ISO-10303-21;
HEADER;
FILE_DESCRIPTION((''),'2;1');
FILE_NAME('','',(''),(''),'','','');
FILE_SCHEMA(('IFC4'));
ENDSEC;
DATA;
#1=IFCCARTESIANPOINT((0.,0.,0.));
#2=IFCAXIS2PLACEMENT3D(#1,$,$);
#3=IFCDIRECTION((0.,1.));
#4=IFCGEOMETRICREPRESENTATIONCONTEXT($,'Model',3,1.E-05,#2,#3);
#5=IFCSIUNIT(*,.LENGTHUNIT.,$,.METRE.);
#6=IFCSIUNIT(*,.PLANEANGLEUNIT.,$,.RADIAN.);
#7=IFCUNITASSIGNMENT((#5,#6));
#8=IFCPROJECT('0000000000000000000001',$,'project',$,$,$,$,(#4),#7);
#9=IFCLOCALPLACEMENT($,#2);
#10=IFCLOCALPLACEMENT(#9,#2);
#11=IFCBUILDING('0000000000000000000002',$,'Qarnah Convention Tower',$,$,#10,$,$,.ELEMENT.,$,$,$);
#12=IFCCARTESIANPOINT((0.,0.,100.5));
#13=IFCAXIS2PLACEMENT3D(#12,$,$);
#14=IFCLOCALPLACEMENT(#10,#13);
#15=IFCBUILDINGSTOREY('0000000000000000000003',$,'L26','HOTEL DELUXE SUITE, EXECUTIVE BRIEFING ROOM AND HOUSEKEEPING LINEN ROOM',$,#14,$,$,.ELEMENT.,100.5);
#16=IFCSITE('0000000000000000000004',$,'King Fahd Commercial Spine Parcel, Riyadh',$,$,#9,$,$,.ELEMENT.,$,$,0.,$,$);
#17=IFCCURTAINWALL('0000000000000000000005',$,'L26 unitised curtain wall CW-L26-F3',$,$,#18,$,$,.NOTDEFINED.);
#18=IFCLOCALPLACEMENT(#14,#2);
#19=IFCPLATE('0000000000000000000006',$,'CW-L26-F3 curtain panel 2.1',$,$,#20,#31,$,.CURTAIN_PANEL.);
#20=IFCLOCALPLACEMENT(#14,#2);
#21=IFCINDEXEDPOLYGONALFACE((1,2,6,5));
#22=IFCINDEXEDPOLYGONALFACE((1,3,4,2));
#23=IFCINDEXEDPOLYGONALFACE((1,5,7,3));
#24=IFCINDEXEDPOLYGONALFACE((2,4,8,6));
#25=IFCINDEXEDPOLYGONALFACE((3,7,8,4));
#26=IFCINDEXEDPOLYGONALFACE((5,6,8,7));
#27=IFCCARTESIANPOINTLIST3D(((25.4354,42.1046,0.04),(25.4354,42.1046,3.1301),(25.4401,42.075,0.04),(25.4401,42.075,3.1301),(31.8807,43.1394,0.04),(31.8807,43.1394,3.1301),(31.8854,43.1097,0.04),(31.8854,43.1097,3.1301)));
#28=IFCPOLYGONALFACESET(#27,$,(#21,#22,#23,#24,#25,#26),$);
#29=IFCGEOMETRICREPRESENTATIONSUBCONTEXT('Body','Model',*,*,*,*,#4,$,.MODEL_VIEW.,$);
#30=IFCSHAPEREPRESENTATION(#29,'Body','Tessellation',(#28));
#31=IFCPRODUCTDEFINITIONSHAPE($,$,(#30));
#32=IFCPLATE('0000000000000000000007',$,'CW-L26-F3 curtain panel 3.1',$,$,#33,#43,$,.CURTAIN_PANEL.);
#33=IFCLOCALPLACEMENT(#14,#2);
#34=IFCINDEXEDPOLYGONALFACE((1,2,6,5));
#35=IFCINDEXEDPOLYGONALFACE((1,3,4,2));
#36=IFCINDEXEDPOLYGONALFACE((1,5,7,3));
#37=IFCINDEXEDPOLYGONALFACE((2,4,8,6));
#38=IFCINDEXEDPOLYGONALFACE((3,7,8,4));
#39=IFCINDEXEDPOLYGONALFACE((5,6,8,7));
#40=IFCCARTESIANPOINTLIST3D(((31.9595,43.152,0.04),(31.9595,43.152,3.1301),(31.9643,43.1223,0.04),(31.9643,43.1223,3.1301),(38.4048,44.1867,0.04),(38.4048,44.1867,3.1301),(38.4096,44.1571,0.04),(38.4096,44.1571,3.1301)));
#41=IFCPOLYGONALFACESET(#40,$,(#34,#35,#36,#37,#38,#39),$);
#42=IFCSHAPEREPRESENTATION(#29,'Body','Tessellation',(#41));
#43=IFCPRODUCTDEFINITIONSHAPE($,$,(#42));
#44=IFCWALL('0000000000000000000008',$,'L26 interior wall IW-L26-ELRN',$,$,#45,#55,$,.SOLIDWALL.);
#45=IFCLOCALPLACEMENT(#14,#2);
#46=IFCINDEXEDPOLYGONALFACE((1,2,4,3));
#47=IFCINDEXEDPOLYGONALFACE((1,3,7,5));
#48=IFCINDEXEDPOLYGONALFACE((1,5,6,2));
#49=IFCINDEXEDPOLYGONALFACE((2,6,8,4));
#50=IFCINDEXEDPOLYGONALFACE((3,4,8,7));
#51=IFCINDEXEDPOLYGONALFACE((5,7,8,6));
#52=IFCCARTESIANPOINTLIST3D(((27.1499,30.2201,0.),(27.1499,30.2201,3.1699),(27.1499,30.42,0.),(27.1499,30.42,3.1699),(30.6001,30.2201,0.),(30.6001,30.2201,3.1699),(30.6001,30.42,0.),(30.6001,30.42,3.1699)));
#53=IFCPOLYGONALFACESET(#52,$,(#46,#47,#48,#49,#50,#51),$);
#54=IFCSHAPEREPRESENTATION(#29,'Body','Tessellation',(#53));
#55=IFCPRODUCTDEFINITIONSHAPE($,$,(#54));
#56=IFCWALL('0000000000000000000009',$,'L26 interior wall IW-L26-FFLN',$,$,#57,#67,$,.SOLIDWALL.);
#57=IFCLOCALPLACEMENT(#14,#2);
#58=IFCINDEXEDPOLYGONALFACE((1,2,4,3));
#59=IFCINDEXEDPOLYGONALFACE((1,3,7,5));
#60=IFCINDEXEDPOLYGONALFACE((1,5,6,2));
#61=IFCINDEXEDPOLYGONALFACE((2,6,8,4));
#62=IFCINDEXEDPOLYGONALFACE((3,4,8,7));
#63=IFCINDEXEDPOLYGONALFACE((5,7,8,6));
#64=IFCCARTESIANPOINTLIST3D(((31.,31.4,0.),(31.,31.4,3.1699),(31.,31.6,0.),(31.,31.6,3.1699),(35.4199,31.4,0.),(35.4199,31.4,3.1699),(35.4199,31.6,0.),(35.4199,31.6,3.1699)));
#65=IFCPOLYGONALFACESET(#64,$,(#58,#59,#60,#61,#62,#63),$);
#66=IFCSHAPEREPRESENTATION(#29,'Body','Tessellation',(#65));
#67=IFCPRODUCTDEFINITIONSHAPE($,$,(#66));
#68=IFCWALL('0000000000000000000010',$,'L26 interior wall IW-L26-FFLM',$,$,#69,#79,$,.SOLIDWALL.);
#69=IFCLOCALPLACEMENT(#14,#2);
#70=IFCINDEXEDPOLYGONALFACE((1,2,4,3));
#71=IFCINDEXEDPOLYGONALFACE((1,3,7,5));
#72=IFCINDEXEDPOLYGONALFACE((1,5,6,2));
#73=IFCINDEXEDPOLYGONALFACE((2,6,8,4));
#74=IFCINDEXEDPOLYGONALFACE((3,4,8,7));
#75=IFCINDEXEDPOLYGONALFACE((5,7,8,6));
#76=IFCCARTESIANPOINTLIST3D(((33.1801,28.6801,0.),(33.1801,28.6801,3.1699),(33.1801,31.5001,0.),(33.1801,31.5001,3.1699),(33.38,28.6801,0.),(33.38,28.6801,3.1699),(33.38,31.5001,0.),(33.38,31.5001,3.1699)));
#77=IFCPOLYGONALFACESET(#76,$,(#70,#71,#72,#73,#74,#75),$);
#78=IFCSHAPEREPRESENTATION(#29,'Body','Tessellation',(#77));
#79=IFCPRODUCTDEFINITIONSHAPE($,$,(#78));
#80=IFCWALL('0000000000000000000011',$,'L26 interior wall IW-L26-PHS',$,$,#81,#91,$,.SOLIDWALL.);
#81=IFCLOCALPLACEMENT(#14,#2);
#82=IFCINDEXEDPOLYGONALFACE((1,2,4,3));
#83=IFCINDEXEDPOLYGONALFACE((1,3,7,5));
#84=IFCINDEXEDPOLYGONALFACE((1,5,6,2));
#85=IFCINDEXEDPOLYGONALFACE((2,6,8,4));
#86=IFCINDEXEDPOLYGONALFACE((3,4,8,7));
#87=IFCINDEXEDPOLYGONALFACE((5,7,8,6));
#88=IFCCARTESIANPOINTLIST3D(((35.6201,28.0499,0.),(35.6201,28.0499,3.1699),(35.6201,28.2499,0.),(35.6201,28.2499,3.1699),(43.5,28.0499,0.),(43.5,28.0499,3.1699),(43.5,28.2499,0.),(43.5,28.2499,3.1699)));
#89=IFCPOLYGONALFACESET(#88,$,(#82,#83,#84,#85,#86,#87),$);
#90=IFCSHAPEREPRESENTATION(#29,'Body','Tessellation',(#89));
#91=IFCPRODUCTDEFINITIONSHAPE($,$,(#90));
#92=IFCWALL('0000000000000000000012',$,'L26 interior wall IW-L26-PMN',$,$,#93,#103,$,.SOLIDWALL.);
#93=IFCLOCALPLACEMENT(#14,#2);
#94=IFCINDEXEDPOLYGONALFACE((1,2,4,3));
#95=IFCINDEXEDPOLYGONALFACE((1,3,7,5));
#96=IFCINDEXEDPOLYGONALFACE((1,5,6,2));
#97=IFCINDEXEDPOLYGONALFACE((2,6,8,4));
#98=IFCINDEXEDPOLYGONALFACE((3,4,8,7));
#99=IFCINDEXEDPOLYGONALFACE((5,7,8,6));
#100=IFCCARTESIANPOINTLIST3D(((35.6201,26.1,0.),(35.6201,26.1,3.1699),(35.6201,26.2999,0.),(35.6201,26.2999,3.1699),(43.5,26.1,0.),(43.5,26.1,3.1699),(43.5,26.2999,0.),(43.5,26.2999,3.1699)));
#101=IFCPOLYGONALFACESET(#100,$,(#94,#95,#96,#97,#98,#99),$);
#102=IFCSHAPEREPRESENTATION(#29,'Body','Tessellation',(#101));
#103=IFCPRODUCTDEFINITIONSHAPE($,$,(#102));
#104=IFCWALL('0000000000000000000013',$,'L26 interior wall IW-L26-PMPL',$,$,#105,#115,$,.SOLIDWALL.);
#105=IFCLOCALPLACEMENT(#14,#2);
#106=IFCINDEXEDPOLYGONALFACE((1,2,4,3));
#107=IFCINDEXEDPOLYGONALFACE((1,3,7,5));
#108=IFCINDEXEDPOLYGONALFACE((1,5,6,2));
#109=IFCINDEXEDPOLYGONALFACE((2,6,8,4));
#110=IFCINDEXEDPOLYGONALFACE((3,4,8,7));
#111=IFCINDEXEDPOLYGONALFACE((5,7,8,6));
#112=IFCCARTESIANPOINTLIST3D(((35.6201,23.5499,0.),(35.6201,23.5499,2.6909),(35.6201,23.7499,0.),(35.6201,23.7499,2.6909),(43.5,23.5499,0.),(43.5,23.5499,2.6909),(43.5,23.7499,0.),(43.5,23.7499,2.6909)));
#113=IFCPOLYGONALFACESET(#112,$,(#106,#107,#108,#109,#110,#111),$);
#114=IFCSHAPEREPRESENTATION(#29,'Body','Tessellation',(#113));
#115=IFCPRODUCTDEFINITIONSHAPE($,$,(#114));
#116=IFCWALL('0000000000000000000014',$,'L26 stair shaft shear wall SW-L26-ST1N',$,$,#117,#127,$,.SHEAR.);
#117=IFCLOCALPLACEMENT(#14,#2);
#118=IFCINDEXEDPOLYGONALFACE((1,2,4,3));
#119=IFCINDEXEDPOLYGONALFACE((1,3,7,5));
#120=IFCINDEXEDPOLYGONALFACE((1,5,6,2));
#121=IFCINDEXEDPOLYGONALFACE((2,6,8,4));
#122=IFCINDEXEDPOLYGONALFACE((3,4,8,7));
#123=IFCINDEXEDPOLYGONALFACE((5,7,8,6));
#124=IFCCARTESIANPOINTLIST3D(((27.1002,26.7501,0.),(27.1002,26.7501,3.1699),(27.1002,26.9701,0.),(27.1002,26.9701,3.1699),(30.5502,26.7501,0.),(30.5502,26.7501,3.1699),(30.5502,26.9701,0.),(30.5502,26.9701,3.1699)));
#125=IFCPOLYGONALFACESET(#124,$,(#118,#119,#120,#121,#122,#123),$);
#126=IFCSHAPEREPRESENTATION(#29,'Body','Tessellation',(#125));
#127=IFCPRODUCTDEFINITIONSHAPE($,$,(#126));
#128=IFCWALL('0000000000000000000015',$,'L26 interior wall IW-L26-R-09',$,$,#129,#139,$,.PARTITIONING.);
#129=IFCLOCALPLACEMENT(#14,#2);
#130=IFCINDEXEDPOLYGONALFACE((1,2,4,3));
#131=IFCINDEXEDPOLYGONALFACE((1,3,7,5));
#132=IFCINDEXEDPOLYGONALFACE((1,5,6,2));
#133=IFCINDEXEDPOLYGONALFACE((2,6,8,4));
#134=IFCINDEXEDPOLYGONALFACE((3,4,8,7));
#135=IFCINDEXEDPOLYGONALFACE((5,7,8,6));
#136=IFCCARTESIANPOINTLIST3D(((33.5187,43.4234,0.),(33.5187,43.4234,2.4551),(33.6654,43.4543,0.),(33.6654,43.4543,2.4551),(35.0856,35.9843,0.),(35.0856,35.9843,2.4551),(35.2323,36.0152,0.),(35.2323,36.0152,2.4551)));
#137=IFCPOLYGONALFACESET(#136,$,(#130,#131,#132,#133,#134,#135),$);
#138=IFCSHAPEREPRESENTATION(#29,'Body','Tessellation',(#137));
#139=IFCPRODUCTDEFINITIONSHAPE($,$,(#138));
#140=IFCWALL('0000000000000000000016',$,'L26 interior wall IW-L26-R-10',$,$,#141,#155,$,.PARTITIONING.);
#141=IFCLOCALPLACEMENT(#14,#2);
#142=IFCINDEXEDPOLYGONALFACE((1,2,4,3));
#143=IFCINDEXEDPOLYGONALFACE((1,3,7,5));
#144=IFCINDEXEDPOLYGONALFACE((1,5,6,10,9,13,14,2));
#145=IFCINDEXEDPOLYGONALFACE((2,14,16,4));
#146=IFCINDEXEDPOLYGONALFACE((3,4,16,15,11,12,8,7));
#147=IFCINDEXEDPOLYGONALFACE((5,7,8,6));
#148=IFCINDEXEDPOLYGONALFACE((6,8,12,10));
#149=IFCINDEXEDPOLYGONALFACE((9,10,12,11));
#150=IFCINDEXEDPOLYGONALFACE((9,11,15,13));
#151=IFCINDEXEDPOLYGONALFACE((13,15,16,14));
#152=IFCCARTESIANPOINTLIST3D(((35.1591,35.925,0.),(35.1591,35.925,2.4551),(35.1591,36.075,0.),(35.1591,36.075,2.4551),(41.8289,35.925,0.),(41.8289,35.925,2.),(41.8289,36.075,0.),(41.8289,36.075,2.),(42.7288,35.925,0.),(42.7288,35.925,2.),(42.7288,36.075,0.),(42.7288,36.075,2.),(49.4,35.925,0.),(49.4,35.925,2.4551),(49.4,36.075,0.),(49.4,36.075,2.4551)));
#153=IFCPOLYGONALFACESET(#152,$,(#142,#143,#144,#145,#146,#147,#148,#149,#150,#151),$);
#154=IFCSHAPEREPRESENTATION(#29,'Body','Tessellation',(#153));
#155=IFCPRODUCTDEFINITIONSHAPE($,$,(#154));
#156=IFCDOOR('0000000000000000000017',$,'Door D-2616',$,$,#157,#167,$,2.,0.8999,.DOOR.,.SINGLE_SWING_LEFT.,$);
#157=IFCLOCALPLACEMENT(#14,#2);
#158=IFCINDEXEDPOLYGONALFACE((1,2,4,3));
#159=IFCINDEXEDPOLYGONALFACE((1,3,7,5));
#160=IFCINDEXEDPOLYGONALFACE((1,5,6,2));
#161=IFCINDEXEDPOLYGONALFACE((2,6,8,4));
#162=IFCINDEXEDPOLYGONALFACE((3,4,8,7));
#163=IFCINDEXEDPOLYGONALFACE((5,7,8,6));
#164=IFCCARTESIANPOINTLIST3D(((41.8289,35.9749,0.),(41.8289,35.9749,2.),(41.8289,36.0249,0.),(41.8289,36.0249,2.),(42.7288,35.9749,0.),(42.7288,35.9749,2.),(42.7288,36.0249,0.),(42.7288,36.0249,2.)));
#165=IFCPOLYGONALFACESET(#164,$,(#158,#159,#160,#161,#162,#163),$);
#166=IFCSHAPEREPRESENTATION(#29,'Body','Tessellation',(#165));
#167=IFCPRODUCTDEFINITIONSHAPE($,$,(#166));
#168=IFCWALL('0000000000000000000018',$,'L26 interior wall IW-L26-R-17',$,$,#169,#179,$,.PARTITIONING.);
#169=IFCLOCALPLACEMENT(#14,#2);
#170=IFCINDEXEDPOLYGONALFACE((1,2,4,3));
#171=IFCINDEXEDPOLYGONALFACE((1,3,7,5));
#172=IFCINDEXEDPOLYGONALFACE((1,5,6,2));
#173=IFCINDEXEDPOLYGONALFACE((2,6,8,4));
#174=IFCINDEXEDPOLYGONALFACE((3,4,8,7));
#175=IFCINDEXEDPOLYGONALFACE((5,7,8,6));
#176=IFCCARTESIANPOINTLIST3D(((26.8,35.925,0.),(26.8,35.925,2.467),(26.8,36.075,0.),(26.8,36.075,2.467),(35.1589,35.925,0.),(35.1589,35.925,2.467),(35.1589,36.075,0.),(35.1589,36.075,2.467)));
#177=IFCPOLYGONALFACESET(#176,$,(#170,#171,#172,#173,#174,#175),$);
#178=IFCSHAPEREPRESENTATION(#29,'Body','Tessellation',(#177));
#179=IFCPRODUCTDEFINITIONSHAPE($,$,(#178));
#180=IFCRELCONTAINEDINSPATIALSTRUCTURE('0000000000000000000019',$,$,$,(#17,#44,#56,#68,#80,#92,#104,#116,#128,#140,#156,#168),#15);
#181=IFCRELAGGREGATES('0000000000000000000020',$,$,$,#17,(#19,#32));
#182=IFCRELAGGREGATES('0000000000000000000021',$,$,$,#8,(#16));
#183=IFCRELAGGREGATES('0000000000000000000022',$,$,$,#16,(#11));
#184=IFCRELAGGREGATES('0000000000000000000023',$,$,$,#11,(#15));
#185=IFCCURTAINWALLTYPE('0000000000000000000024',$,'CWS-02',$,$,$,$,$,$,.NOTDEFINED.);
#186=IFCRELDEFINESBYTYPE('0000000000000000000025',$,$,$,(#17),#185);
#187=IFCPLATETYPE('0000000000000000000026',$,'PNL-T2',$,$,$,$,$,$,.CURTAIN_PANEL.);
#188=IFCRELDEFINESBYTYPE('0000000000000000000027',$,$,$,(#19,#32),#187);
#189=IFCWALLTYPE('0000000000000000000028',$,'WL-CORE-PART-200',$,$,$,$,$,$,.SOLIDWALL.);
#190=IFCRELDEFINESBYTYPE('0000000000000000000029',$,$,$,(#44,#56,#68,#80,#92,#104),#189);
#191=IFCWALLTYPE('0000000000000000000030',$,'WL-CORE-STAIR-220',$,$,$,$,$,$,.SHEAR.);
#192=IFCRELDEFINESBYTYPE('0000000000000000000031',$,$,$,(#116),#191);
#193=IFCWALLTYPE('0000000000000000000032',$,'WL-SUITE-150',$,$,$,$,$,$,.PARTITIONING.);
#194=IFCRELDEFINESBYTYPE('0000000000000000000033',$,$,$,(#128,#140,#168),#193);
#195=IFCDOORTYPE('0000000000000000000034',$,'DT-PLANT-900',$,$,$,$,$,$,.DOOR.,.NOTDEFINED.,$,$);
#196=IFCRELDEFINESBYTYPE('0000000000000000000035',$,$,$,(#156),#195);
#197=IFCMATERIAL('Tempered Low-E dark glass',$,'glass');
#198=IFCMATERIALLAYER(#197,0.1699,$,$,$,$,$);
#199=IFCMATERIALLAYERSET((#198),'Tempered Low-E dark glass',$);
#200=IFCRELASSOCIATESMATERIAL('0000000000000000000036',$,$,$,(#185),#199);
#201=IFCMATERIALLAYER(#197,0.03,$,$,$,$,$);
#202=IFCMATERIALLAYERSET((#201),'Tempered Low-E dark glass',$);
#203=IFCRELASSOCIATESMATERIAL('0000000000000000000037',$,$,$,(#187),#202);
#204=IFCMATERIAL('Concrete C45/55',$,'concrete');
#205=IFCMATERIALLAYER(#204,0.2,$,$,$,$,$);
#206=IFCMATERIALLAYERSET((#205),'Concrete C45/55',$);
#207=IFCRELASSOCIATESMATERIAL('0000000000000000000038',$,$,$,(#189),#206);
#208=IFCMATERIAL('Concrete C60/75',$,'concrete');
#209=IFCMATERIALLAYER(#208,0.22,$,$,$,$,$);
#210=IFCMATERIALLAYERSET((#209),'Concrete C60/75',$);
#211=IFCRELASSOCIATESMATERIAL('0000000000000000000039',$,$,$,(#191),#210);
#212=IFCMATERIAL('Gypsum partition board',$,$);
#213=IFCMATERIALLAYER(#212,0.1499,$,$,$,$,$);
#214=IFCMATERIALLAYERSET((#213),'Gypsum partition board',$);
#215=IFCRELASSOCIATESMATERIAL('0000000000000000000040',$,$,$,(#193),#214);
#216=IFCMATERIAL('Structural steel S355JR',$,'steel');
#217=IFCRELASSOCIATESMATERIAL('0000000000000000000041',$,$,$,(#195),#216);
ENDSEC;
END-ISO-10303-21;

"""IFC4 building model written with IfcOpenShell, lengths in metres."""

from ifc_helpers import new_model, si_unit, direction, frame, frame_2d, origin, origin_2d, place, context, subcontext, project, spatial, rectangle, extrude, material, layer, layer_set, type_object, element, fill, aggregate, save


model = new_model("IFC4")

# Units and contexts
model_context = context("Model", 3, precision=1e-05, world=origin(), true_north=direction((0.0, 1.0)))
body_context = subcontext(model_context, "Body", "Model", "MODEL_VIEW")
ifc_project = project(units=[si_unit("LENGTHUNIT", "METRE"), si_unit("PLANEANGLEUNIT", "RADIAN")], contexts=[model_context])

# Site, building, storey
site_placement = place(None, origin())
site = spatial("IfcSite", under=ifc_project, at=site_placement, Name="King Fahd Commercial Spine Parcel, Riyadh", CompositionType="ELEMENT", RefElevation=0.0)
building_placement = place(site_placement, origin())
building = spatial("IfcBuilding", under=site, at=building_placement, Name="Qarnah Convention Tower", CompositionType="ELEMENT")
storey_placement = place(building_placement, frame((0.0, 0.0, 100.5)))
storey = spatial("IfcBuildingStorey", under=building, at=storey_placement, Name="L26", Description="HOTEL DELUXE SUITE, EXECUTIVE BRIEFING ROOM AND HOUSEKEEPING LINEN ROOM", CompositionType="ELEMENT", Elevation=100.5)

# Shared definitions
ifc_material_1 = material(Name="Concrete C60/75", Category="concrete")

# Shared definitions
ifc_material_2 = material(Name="Structural steel S355JR", Category="steel")

# Curtain wall, plates
ifc_material_3 = material(Name="Tempered Low-E dark glass", Category="glass")
ifc_layer_1 = layer(ifc_material_3, 0.1699)
ifc_layer_set_1 = layer_set([ifc_layer_1], Name="Tempered Low-E dark glass")
curtain_wall_type = type_object("IfcCurtainWallType", Name="CWS-02", PredefinedType="NOTDEFINED", material=ifc_layer_set_1)
curtain_wall_placement = place(storey_placement, origin())
curtain_wall = element("IfcCurtainWall", 1, at=curtain_wall_placement, inside=storey, type_object=curtain_wall_type, Name="L26 unitised curtain wall CW-L26-F3", PredefinedType="NOTDEFINED")
ifc_layer_2 = layer(ifc_material_3, 0.03)
ifc_layer_set_2 = layer_set([ifc_layer_2], Name="Tempered Low-E dark glass")
plate_type = type_object("IfcPlateType", Name="PNL-T2", PredefinedType="CURTAIN_PANEL", material=ifc_layer_set_2)
plate_1_placement = place(storey_placement, frame((28.6604, 42.6072, 0.04), z_axis=(0.0, 0.0, 1.0), x_axis=(0.987357, 0.158511, 0.0)))
plate_1 = element("IfcPlate", 2, at=plate_1_placement, type_object=plate_type, Name="CW-L26-F3 curtain panel 2.1", PredefinedType="CURTAIN_PANEL", context=body_context, shape_type="SweptSolid", body=[
    extrude(rectangle(XDim=6.5278, YDim=0.03, at=origin_2d()), origin(), (0.0, 0.0, 1.0), 3.0901),
])
plate_2_placement = place(storey_placement, frame((35.1846, 43.6545, 0.04), z_axis=(0.0, 0.0, 1.0), x_axis=(0.987357, 0.158511, 0.0)))
plate_2 = element("IfcPlate", 3, at=plate_2_placement, type_object=plate_type, Name="CW-L26-F3 curtain panel 3.1", PredefinedType="CURTAIN_PANEL", context=body_context, shape_type="SweptSolid", body=[
    extrude(rectangle(XDim=6.5278, YDim=0.03, at=origin_2d()), origin(), (0.0, 0.0, 1.0), 3.0901),
])
aggregate(curtain_wall, [plate_1, plate_2])

# Wall
ifc_material_4 = material(Name="Concrete C45/55", Category="concrete")
ifc_layer_3 = layer(ifc_material_4, 0.2)
ifc_layer_set_3 = layer_set([ifc_layer_3], Name="Concrete C45/55")
wall_type_1 = type_object("IfcWallType", Name="WL-CORE-PART-200", PredefinedType="SOLIDWALL", material=ifc_layer_set_3)
wall_1_placement = place(storey_placement, frame((27.1499, 30.3201, 0.0), z_axis=(0.0, 0.0, 1.0), x_axis=(1.0, 0.0, 0.0)))
element("IfcWall", 4, at=wall_1_placement, inside=storey, type_object=wall_type_1, Name="L26 interior wall IW-L26-ELRN", PredefinedType="SOLIDWALL", context=body_context, shape_type="SweptSolid", body=[
    extrude(rectangle(XDim=3.4502, YDim=0.2, at=frame_2d((1.7251, 0.0))), origin(), (0.0, 0.0, 1.0), 3.1699),
])

# Walls
wall_2_placement = place(storey_placement, frame((31.0, 31.5, 0.0), z_axis=(0.0, 0.0, 1.0), x_axis=(1.0, 0.0, 0.0)))
element("IfcWall", 5, at=wall_2_placement, inside=storey, type_object=wall_type_1, Name="L26 interior wall IW-L26-FFLN", PredefinedType="SOLIDWALL", context=body_context, shape_type="SweptSolid", body=[
    extrude(rectangle(XDim=4.4199, YDim=0.2, at=frame_2d((2.21, 0.0))), origin(), (0.0, 0.0, 1.0), 3.1699),
])
wall_3_placement = place(storey_placement, frame((33.28, 28.6799, 0.0), z_axis=(0.0, 0.0, 1.0), x_axis=(0.0, 1.0, 0.0)))
element("IfcWall", 6, at=wall_3_placement, inside=storey, type_object=wall_type_1, Name="L26 interior wall IW-L26-FFLM", PredefinedType="SOLIDWALL", context=body_context, shape_type="SweptSolid", body=[
    extrude(rectangle(XDim=2.8201, YDim=0.2, at=frame_2d((1.4102, 0.0))), origin(), (0.0, 0.0, 1.0), 3.1699),
])

# Walls
for number, where, z_axis, x_axis, name in (
    (7, (35.6201, 28.1499, 0.0), (0.0, 0.0, 1.0), (1.0, 0.0, 0.0), "L26 interior wall IW-L26-PHS"),
    (8, (35.6201, 26.2, 0.0), (0.0, 0.0, 1.0), (1.0, 0.0, 0.0), "L26 interior wall IW-L26-PMN"),
):
    element("IfcWall", number, at=place(storey_placement, frame(where, z_axis=z_axis, x_axis=x_axis)), inside=storey, type_object=wall_type_1, Name=name, PredefinedType="SOLIDWALL", context=body_context, shape_type="SweptSolid", body=[
        extrude(rectangle(XDim=7.8799, YDim=0.2, at=frame_2d((3.9399, 0.0))), origin(), (0.0, 0.0, 1.0), 3.1699),
    ])
wall_4_placement = place(storey_placement, frame((35.6201, 23.6499, 0.0), z_axis=(0.0, 0.0, 1.0), x_axis=(1.0, 0.0, 0.0)))
element("IfcWall", 9, at=wall_4_placement, inside=storey, type_object=wall_type_1, Name="L26 interior wall IW-L26-PMPL", PredefinedType="SOLIDWALL", context=body_context, shape_type="SweptSolid", body=[
    extrude(rectangle(XDim=7.8799, YDim=0.2, at=frame_2d((3.9399, 0.0))), origin(), (0.0, 0.0, 1.0), 2.6909),
])
ifc_layer_4 = layer(ifc_material_1, 0.22)
ifc_layer_set_4 = layer_set([ifc_layer_4], Name="Concrete C60/75")
wall_type_2 = type_object("IfcWallType", Name="WL-CORE-STAIR-220", PredefinedType="SHEAR", material=ifc_layer_set_4)
wall_5_placement = place(storey_placement, frame((27.1001, 26.8601, 0.0), z_axis=(0.0, 0.0, 1.0), x_axis=(1.0, 0.0, 0.0)))
element("IfcWall", 10, at=wall_5_placement, inside=storey, type_object=wall_type_2, Name="L26 stair shaft shear wall SW-L26-ST1N", PredefinedType="SHEAR", context=body_context, shape_type="SweptSolid", body=[
    extrude(rectangle(XDim=3.45, YDim=0.22, at=frame_2d((1.7251, 0.0))), origin(), (0.0, 0.0, 1.0), 3.1699),
])
ifc_material_5 = material(Name="Gypsum partition board")
ifc_layer_5 = layer(ifc_material_5, 0.1499)
ifc_layer_set_5 = layer_set([ifc_layer_5], Name="Gypsum partition board")
wall_type_3 = type_object("IfcWallType", Name="WL-SUITE-150", PredefinedType="PARTITIONING", material=ifc_layer_set_5)
wall_6_placement = place(storey_placement, frame((33.592, 43.439, 0.0), z_axis=(0.0, 0.0, 1.0), x_axis=(0.206111, -0.978529, 0.0)))
element("IfcWall", 11, at=wall_6_placement, inside=storey, type_object=wall_type_3, Name="L26 interior wall IW-L26-R-09", PredefinedType="PARTITIONING", context=body_context, shape_type="SweptSolid", body=[
    extrude(rectangle(XDim=7.6023, YDim=0.1499, at=frame_2d((3.8013, 0.0))), origin(), (0.0, 0.0, 1.0), 2.4551),
])

# Wall, opening, door
wall_7_placement = place(storey_placement, frame((35.1589, 36.0, 0.0), z_axis=(0.0, 0.0, 1.0), x_axis=(1.0, 0.0, 0.0)))
wall_7 = element("IfcWall", 12, at=wall_7_placement, inside=storey, type_object=wall_type_3, Name="L26 interior wall IW-L26-R-10", PredefinedType="PARTITIONING", context=body_context, shape_type="SweptSolid", body=[
    extrude(rectangle(XDim=14.241, YDim=0.1499, at=frame_2d((7.1206, 0.0))), origin(), (0.0, 0.0, 1.0), 2.4551),
])
opening_1_placement = place(wall_7_placement, frame((6.6699, 0.0, 0.0)))
opening_1 = element("IfcOpeningElement", 13, at=opening_1_placement, cuts=wall_7, PredefinedType="OPENING", context=body_context, shape_type="SweptSolid", body=[
    extrude(rectangle(XDim=0.8999, YDim=2.0, at=frame_2d((0.45, 1.0))), frame((0.0, 0.085, 0.0), z_axis=(0.0, -1.0, 0.0), x_axis=(1.0, 0.0, 0.0)), (0.0, 0.0, 1.0), 0.1699),
])
door_type_1 = type_object("IfcDoorType", Name="DT-PLANT-900", OperationType="NOTDEFINED", PredefinedType="DOOR", material=ifc_material_2)
door_1_placement = place(opening_1_placement, origin())
door_1 = element("IfcDoor", 14, at=door_1_placement, inside=storey, type_object=door_type_1, Name="Door D-2616", OperationType="SINGLE_SWING_LEFT", OverallHeight=2.0, OverallWidth=0.8999, PredefinedType="DOOR", context=body_context, shape_type="SweptSolid", body=[
    extrude(rectangle(XDim=0.8999, YDim=2.0, at=frame_2d((0.45, 1.0))), frame((0.0, 0.0249, 0.0), z_axis=(0.0, -1.0, 0.0), x_axis=(1.0, 0.0, 0.0)), (0.0, 0.0, 1.0), 0.05),
])
fill(opening_1, door_1)

# Wall
wall_8_placement = place(storey_placement, frame((26.8, 36.0, 0.0), z_axis=(0.0, 0.0, 1.0), x_axis=(1.0, 0.0, 0.0)))
element("IfcWall", 15, at=wall_8_placement, inside=storey, type_object=wall_type_3, Name="L26 interior wall IW-L26-R-17", PredefinedType="PARTITIONING", context=body_context, shape_type="SweptSolid", body=[
    extrude(rectangle(XDim=8.3589, YDim=0.1499, at=frame_2d((4.1794, 0.0))), origin(), (0.0, 0.0, 1.0), 2.467),
])

save(model, "model.ifc")
